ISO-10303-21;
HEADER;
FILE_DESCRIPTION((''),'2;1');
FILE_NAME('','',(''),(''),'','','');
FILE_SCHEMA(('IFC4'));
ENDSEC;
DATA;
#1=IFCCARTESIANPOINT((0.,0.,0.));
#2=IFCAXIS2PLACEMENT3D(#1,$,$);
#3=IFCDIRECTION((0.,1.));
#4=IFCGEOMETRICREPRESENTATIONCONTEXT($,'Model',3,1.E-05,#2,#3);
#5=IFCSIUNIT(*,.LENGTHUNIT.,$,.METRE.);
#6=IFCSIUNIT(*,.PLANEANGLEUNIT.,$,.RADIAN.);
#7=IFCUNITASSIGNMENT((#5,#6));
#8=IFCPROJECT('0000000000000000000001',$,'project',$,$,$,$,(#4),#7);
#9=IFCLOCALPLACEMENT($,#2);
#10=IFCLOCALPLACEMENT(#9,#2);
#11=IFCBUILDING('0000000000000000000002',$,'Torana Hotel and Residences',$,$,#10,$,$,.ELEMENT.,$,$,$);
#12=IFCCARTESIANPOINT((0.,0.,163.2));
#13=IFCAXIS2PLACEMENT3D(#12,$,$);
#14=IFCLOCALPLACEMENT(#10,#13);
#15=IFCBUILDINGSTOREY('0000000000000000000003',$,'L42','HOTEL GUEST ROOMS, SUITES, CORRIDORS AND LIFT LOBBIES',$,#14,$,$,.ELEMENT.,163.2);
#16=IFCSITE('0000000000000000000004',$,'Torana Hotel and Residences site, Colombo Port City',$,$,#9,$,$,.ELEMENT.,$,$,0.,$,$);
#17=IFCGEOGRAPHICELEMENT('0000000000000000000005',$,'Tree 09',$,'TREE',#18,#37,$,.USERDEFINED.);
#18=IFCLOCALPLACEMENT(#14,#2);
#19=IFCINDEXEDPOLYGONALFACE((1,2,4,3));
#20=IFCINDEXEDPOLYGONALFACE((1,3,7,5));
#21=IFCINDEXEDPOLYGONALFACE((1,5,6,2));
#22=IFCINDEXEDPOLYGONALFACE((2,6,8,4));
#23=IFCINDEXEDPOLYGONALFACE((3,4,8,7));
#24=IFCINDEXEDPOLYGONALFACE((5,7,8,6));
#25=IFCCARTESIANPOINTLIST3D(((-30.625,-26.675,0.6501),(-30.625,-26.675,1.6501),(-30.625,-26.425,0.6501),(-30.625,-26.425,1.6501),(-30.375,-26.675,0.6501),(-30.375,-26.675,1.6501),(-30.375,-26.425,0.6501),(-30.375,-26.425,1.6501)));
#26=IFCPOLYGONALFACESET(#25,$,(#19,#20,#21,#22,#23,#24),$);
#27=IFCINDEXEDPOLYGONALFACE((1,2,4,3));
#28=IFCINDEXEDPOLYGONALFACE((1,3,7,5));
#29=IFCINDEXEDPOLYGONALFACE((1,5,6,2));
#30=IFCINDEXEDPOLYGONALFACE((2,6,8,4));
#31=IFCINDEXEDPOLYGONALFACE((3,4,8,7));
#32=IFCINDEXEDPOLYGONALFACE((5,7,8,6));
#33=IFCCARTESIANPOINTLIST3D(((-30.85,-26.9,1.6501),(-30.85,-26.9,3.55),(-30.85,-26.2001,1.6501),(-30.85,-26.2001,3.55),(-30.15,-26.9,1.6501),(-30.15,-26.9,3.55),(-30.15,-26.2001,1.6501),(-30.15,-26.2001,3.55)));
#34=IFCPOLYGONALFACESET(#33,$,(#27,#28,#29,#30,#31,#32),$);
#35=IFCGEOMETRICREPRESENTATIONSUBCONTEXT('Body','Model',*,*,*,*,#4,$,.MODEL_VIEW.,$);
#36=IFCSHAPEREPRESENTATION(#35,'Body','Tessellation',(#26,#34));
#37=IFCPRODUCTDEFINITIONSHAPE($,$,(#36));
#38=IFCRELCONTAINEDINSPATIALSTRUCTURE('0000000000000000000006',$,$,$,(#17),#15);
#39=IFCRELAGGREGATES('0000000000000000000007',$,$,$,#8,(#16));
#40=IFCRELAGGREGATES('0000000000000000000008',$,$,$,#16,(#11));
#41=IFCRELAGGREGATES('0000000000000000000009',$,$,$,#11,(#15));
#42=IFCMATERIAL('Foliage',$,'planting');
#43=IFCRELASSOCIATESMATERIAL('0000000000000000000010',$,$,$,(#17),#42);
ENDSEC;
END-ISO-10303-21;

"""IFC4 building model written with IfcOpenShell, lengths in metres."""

from ifc_helpers import new_model, si_unit, direction, frame, origin, origin_2d, place, context, subcontext, project, spatial, rectangle, extrude, material, element, save


model = new_model("IFC4")

# Units and contexts
model_context = context("Model", 3, precision=1e-05, world=origin(), true_north=direction((0.0, 1.0)))
body_context = subcontext(model_context, "Body", "Model", "MODEL_VIEW")
ifc_project = project(units=[si_unit("LENGTHUNIT", "METRE"), si_unit("PLANEANGLEUNIT", "RADIAN")], contexts=[model_context])

# Site, building, storey
site_placement = place(None, origin())
site = spatial("IfcSite", under=ifc_project, at=site_placement, Name="Torana Hotel and Residences site, Colombo Port City", CompositionType="ELEMENT", RefElevation=0.0)
building_placement = place(site_placement, origin())
building = spatial("IfcBuilding", under=site, at=building_placement, Name="Torana Hotel and Residences", CompositionType="ELEMENT")
storey_placement = place(building_placement, frame((0.0, 0.0, 163.2)))
storey = spatial("IfcBuildingStorey", under=building, at=storey_placement, Name="L42", Description="HOTEL GUEST ROOMS, SUITES, CORRIDORS AND LIFT LOBBIES", CompositionType="ELEMENT", Elevation=163.2)

# Geographic element
ifc_material_1 = material(Name="Foliage", Category="planting")
geographic_element_placement = place(storey_placement, frame((-30.5, -26.55, 0.6501), z_axis=(0.0, 0.0, 1.0), x_axis=(1.0, 0.0, 0.0)))
element("IfcGeographicElement", 1, at=geographic_element_placement, inside=storey, material=ifc_material_1, Name="Tree 09", ObjectType="TREE", PredefinedType="USERDEFINED", context=body_context, shape_type="SweptSolid", body=[
    extrude(rectangle(XDim=0.25, YDim=0.25, at=origin_2d()), origin(), (0.0, 0.0, 1.0), 1.0),
    extrude(rectangle(XDim=0.7, YDim=0.7, at=origin_2d()), frame((0.0, 0.0, 1.0)), (0.0, 0.0, 1.0), 1.8999),
])

save(model, "model.ifc")
